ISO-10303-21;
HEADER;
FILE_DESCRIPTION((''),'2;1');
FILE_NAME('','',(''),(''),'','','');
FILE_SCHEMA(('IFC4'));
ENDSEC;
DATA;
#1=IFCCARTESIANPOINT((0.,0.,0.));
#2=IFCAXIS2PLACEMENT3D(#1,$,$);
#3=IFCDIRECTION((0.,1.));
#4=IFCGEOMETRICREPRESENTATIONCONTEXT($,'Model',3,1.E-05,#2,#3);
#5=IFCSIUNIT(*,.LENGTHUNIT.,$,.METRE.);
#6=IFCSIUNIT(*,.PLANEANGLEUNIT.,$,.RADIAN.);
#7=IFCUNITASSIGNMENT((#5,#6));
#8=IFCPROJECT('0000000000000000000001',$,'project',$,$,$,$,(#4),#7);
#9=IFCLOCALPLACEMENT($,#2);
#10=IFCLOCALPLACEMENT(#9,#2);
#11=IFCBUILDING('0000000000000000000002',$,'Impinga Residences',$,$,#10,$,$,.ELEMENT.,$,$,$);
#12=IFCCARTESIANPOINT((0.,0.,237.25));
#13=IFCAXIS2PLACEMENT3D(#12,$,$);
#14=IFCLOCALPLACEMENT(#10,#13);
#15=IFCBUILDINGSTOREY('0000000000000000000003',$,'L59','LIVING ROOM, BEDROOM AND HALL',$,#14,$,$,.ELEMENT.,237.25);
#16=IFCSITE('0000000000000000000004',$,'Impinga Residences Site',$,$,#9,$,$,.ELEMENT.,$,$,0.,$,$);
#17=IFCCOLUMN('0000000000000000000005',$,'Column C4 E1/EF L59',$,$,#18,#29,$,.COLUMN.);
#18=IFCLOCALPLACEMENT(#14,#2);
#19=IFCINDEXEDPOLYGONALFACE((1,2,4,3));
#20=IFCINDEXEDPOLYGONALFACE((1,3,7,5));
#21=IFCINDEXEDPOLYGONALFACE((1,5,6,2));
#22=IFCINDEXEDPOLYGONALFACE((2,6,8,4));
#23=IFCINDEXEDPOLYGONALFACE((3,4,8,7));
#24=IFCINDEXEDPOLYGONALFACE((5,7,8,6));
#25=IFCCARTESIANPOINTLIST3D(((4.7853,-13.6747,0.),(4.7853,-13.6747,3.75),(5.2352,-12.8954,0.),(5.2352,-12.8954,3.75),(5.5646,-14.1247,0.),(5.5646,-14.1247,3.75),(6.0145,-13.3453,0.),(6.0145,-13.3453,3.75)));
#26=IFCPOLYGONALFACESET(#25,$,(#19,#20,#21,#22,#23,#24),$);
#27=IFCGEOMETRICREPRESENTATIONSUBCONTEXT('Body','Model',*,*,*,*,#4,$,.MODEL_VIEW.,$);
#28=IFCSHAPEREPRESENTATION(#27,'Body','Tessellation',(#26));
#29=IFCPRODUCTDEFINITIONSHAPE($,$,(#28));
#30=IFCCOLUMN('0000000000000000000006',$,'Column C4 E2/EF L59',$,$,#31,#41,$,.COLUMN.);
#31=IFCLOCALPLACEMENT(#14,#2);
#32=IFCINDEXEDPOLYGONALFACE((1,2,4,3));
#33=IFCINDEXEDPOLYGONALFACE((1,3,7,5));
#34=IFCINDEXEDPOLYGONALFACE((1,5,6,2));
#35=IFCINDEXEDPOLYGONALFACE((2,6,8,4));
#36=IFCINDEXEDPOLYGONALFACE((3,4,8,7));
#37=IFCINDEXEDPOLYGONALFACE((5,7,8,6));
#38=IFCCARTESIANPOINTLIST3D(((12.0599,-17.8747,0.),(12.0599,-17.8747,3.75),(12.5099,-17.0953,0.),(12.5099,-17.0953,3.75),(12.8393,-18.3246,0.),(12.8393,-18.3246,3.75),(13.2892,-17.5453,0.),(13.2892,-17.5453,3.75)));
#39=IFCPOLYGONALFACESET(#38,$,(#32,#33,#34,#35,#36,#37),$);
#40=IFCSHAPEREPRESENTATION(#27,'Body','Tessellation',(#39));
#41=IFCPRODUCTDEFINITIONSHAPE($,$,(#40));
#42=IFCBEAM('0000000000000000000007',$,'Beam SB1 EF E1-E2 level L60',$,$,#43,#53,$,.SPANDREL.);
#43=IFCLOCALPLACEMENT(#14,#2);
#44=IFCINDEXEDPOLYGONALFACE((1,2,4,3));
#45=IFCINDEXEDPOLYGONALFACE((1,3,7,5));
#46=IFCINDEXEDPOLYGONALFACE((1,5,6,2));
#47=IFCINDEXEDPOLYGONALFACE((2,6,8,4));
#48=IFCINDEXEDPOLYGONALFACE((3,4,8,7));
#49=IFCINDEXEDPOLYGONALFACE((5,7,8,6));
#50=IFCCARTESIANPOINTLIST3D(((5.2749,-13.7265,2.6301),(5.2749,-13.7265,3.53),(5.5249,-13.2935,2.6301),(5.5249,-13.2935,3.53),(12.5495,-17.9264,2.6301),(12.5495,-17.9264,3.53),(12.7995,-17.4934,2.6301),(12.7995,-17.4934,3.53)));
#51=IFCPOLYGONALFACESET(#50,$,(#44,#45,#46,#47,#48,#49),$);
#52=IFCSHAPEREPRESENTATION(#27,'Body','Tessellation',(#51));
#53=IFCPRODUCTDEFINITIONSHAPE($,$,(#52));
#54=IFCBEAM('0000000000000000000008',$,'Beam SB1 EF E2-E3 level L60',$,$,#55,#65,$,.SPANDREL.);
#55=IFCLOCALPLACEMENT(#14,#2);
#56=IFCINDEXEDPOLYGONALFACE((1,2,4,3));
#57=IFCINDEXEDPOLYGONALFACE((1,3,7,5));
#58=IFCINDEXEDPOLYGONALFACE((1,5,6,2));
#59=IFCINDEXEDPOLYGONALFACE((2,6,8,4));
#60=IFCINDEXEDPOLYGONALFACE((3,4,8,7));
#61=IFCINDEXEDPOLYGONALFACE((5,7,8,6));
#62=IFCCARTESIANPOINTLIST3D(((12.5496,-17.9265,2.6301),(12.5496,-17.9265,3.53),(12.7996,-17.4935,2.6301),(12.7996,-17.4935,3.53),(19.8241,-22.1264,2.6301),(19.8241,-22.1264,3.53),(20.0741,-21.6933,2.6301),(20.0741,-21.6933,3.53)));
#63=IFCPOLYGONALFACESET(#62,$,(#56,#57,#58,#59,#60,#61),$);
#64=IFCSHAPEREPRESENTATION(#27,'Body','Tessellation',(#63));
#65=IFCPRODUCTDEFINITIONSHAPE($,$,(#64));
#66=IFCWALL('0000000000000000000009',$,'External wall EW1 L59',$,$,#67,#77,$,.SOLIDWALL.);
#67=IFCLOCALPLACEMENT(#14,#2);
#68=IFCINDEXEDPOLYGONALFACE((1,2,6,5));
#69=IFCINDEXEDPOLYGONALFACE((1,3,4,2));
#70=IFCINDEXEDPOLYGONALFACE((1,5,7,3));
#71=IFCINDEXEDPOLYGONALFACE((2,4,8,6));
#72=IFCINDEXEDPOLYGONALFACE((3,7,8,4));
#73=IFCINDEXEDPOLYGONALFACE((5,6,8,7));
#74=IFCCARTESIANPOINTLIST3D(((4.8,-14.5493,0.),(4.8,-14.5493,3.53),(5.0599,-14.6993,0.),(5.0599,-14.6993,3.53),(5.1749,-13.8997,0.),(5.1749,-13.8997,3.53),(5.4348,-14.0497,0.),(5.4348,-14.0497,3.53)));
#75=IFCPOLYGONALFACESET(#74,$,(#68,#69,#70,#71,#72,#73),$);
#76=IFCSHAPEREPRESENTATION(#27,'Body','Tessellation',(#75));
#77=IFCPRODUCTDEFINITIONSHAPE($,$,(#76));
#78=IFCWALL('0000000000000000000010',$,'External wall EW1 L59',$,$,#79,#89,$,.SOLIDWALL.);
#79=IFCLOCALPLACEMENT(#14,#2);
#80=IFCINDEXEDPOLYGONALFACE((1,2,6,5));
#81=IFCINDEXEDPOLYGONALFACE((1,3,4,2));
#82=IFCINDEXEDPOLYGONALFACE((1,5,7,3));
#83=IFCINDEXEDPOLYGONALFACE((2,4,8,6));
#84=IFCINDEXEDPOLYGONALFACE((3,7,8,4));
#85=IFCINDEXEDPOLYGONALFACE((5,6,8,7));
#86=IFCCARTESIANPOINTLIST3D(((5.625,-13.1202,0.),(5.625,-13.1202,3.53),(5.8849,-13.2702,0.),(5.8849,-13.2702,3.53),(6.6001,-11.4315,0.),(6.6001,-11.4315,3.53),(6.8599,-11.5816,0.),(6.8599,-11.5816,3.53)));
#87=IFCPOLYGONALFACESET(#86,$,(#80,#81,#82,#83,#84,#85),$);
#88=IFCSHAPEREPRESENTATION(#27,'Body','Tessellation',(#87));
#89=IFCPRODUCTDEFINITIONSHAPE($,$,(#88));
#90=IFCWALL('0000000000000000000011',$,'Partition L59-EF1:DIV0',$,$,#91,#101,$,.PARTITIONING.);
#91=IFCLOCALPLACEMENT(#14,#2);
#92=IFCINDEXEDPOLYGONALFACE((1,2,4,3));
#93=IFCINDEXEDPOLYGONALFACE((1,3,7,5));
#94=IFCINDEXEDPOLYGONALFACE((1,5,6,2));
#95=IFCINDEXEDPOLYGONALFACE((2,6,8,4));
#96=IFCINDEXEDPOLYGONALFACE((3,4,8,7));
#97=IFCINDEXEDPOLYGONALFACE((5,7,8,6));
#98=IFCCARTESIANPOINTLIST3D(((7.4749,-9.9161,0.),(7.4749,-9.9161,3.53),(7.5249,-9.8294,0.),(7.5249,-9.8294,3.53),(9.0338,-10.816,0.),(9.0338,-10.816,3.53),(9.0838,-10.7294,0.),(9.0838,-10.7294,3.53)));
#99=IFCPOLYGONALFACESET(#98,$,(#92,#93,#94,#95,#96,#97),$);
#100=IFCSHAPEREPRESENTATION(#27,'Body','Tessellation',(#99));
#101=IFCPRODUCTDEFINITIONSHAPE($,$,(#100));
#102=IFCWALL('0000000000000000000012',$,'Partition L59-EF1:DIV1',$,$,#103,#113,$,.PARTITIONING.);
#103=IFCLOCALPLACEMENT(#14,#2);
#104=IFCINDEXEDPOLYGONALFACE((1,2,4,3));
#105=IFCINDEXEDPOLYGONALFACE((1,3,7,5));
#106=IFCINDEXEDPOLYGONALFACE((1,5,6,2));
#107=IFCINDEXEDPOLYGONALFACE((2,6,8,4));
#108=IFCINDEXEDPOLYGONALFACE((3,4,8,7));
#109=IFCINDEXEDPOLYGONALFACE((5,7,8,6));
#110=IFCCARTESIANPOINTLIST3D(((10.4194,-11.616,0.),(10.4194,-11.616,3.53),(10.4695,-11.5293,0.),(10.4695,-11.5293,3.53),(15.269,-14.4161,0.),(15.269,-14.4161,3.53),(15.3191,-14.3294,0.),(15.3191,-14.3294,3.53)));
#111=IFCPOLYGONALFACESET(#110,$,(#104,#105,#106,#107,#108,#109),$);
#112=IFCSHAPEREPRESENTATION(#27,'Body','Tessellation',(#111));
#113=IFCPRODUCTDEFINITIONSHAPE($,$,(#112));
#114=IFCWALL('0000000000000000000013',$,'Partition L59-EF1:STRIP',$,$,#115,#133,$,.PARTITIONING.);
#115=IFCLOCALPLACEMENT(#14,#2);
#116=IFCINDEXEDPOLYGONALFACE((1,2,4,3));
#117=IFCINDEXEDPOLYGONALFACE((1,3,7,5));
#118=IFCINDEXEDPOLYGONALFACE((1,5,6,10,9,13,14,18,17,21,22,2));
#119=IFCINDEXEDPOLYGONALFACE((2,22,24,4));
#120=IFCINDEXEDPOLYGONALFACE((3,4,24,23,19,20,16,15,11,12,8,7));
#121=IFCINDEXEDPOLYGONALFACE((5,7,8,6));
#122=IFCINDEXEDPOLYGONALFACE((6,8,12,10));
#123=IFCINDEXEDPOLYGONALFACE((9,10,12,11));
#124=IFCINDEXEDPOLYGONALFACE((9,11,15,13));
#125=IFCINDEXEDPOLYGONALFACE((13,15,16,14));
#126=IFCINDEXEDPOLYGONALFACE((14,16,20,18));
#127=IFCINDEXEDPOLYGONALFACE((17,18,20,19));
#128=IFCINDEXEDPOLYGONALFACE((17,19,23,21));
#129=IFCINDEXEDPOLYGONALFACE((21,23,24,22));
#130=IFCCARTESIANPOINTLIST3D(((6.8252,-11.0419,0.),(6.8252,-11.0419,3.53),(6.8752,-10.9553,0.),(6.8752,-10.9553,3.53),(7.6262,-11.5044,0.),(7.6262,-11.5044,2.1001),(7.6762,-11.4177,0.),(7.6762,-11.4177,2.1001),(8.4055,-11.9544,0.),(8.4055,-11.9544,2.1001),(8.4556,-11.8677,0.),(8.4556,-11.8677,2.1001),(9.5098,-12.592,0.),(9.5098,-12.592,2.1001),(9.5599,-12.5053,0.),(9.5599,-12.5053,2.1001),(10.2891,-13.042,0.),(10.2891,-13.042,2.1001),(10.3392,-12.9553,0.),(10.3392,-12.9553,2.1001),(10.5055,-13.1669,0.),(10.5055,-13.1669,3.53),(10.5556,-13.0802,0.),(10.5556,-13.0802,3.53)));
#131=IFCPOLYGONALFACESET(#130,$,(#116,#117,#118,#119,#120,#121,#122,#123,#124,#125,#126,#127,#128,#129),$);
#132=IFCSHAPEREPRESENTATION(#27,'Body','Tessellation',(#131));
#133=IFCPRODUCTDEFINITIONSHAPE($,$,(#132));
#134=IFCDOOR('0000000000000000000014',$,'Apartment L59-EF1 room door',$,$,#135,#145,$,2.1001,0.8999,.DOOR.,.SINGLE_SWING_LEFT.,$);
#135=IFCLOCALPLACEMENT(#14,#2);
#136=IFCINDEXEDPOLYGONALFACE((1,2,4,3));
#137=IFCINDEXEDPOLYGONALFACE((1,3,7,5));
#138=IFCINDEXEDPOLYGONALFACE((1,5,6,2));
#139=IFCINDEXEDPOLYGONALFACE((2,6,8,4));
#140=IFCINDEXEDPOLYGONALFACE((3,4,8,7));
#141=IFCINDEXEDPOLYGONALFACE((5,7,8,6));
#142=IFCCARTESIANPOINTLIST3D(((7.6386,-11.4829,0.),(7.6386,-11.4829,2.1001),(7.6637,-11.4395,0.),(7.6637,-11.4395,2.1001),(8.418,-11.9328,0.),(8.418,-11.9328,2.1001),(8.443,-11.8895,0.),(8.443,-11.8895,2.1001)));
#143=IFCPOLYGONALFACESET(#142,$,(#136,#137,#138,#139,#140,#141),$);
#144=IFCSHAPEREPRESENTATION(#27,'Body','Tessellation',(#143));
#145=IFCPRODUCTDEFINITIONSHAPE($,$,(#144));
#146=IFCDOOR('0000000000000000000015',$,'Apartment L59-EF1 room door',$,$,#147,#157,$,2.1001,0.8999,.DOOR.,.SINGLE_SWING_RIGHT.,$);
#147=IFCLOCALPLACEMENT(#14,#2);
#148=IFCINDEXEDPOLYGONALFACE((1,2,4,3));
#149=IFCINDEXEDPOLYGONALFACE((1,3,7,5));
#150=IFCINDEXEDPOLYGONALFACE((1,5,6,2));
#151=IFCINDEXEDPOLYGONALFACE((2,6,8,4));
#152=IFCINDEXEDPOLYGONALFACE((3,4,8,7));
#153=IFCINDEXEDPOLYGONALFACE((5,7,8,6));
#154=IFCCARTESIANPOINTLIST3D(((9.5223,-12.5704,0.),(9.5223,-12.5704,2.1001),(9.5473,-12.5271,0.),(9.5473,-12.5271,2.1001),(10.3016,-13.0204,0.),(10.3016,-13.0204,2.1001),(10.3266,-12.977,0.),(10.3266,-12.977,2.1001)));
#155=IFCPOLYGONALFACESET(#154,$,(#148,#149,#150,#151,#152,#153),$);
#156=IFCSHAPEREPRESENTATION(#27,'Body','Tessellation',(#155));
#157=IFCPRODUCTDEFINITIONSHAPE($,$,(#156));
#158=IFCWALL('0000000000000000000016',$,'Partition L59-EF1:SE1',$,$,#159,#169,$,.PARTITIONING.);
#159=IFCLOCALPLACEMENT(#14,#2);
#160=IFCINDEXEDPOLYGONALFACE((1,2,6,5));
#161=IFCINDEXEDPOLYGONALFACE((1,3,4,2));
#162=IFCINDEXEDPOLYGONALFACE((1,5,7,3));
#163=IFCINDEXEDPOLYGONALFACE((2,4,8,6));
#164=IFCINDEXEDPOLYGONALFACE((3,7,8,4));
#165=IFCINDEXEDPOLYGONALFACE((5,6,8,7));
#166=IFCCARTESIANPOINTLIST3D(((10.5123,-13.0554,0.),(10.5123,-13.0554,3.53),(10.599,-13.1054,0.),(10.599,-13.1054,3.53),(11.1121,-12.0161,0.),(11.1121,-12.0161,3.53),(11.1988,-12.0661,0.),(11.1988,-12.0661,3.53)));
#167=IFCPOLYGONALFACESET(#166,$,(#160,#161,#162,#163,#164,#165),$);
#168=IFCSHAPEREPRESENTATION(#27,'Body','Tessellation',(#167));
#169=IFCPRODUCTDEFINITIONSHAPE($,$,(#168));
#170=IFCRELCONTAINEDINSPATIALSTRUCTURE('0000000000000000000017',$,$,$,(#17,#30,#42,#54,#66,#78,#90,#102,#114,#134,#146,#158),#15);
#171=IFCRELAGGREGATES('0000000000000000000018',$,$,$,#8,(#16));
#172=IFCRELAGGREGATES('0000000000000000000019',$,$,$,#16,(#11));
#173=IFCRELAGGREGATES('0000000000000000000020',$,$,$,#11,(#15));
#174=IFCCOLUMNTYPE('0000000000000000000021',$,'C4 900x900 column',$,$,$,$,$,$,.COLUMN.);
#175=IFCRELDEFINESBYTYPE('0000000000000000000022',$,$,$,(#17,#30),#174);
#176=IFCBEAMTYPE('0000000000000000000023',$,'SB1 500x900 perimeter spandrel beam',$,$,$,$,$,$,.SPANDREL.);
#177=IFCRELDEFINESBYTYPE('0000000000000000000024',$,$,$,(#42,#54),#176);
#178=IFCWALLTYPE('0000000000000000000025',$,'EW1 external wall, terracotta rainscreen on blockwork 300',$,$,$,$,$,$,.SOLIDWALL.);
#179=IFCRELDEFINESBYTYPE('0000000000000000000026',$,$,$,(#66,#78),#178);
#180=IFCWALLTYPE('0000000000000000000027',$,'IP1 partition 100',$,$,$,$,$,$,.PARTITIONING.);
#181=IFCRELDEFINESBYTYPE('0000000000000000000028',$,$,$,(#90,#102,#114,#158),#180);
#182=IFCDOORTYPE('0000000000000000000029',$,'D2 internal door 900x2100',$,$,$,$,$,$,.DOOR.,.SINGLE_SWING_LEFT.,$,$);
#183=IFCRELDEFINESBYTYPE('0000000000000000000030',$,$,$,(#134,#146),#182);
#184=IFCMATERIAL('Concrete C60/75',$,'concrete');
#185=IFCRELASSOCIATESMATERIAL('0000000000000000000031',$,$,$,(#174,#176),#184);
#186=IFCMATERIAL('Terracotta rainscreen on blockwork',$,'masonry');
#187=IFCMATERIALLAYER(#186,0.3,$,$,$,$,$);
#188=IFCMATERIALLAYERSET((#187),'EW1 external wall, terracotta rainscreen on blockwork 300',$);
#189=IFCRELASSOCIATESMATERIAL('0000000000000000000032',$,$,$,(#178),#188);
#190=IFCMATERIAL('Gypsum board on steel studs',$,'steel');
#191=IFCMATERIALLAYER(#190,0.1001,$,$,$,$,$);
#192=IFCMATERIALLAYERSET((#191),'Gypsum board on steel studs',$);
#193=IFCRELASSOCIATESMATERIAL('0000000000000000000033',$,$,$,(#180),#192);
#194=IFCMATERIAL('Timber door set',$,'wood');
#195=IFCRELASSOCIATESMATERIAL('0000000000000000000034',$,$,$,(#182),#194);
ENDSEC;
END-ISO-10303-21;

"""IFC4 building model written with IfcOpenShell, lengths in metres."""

from ifc_helpers import new_model, si_unit, direction, frame, frame_2d, origin, origin_2d, place, context, subcontext, project, spatial, rectangle, extrude, material, layer, layer_set, material_profile, profile_set, type_object, element, fill, save


model = new_model("IFC4")

# Units and contexts
model_context = context("Model", 3, precision=1e-05, world=origin(), true_north=direction((0.0, 1.0)))
body_context = subcontext(model_context, "Body", "Model", "MODEL_VIEW")
ifc_project = project(units=[si_unit("LENGTHUNIT", "METRE"), si_unit("PLANEANGLEUNIT", "RADIAN")], contexts=[model_context])

# Site, building, storey
site_placement = place(None, origin())
site = spatial("IfcSite", under=ifc_project, at=site_placement, Name="Impinga Residences Site", CompositionType="ELEMENT", RefElevation=0.0)
building_placement = place(site_placement, origin())
building = spatial("IfcBuilding", under=site, at=building_placement, Name="Impinga Residences", CompositionType="ELEMENT")
storey_placement = place(building_placement, frame((0.0, 0.0, 237.25)))
storey = spatial("IfcBuildingStorey", under=building, at=storey_placement, Name="L59", Description="LIVING ROOM, BEDROOM AND HALL", CompositionType="ELEMENT", Elevation=237.25)

# Columns
ifc_material_1 = material(Name="Concrete C60/75", Category="concrete")
ifc_material_profile_1 = material_profile(ifc_material_1, rectangle(XDim=0.8999, YDim=0.8999, at=origin_2d()), Name="RC 900x900")
ifc_profile_set_1 = profile_set([ifc_material_profile_1], Name="Concrete C60/75")
column_type = type_object("IfcColumnType", Name="C4 900x900 column", PredefinedType="COLUMN", material=ifc_profile_set_1)
for number, where, z_axis, x_axis, name in (
    (1, (5.3999, -13.51, 0.0), (0.0, 0.0, 1.0), (-0.5, -0.866025, 0.0), "Column C4 E1/EF L59"),
    (2, (12.6746, -17.71, 0.0), (0.0, 0.0, 1.0), (-0.5, -0.866025, 0.0), "Column C4 E2/EF L59"),
):
    element("IfcColumn", number, at=place(storey_placement, frame(where, z_axis=z_axis, x_axis=x_axis)), inside=storey, type_object=column_type, Name=name, PredefinedType="COLUMN", context=body_context, shape_type="SweptSolid", body=[
        extrude(rectangle(XDim=0.8999, YDim=0.8999, at=origin_2d()), origin(), (0.0, 0.0, 1.0), 3.75),
    ])

# Beams
ifc_material_profile_2 = material_profile(ifc_material_1, rectangle(XDim=0.5, YDim=0.8999, at=origin_2d()), Name="RC 500x900")
ifc_profile_set_2 = profile_set([ifc_material_profile_2], Name="Concrete C60/75")
beam_type = type_object("IfcBeamType", Name="SB1 500x900 perimeter spandrel beam", PredefinedType="SPANDREL", material=ifc_profile_set_2)
for number, where, z_axis, x_axis, name in (
    (3, (5.3999, -13.51, 3.0801), (0.866029, -0.499993, 0.0), (0.499993, 0.866029, 0.0), "Beam SB1 EF E1-E2 level L60"),
    (4, (12.6746, -17.71, 3.0801), (0.866029, -0.499993, 0.0), (0.499993, 0.866029, 0.0), "Beam SB1 EF E2-E3 level L60"),
):
    element("IfcBeam", number, at=place(storey_placement, frame(where, z_axis=z_axis, x_axis=x_axis)), inside=storey, type_object=beam_type, Name=name, PredefinedType="SPANDREL", context=body_context, shape_type="SweptSolid", body=[
        extrude(rectangle(XDim=0.5, YDim=0.8999, at=origin_2d()), origin(), (0.0, 0.0, 1.0), 8.3999),
    ])

# Walls
ifc_material_2 = material(Name="Terracotta rainscreen on blockwork", Category="masonry")
ifc_layer_1 = layer(ifc_material_2, 0.3)
ifc_layer_set_1 = layer_set([ifc_layer_1], Name="EW1 external wall, terracotta rainscreen on blockwork 300")
wall_type_1 = type_object("IfcWallType", Name="EW1 external wall, terracotta rainscreen on blockwork 300", PredefinedType="SOLIDWALL", material=ifc_layer_set_1)
wall_1_placement = place(storey_placement, frame((4.9299, -14.6243, 0.0), z_axis=(0.0, 0.0, 1.0), x_axis=(0.49992, 0.866072, 0.0)))
element("IfcWall", 5, at=wall_1_placement, inside=storey, type_object=wall_type_1, Name="External wall EW1 L59", PredefinedType="SOLIDWALL", context=body_context, shape_type="SweptSolid", body=[
    extrude(rectangle(XDim=0.75, YDim=0.3, at=frame_2d((0.375, 0.0))), origin(), (0.0, 0.0, 1.0), 3.53),
])
wall_2_placement = place(storey_placement, frame((5.7549, -13.1953, 0.0), z_axis=(0.0, 0.0, 1.0), x_axis=(0.500044, 0.866, 0.0)))
element("IfcWall", 6, at=wall_2_placement, inside=storey, type_object=wall_type_1, Name="External wall EW1 L59", PredefinedType="SOLIDWALL", context=body_context, shape_type="SweptSolid", body=[
    extrude(rectangle(XDim=1.95, YDim=0.3, at=frame_2d((0.9751, 0.0))), origin(), (0.0, 0.0, 1.0), 3.53),
])
ifc_material_3 = material(Name="Gypsum board on steel studs", Category="steel")
ifc_layer_2 = layer(ifc_material_3, 0.1001)
ifc_layer_set_2 = layer_set([ifc_layer_2], Name="Gypsum board on steel studs")
wall_type_2 = type_object("IfcWallType", Name="IP1 partition 100", PredefinedType="PARTITIONING", material=ifc_layer_set_2)
wall_3_placement = place(storey_placement, frame((7.5, -9.8728, 0.0), z_axis=(0.0, 0.0, 1.0), x_axis=(0.866048, -0.499961, 0.0)))
element("IfcWall", 7, at=wall_3_placement, inside=storey, type_object=wall_type_2, Name="Partition L59-EF1:DIV0", PredefinedType="PARTITIONING", context=body_context, shape_type="SweptSolid", body=[
    extrude(rectangle(XDim=1.8, YDim=0.1001, at=frame_2d((0.8999, 0.0))), origin(), (0.0, 0.0, 1.0), 3.53),
])
wall_4_placement = place(storey_placement, frame((10.4446, -11.5728, 0.0), z_axis=(0.0, 0.0, 1.0), x_axis=(0.866016, -0.500017, 0.0)))
element("IfcWall", 8, at=wall_4_placement, inside=storey, type_object=wall_type_2, Name="Partition L59-EF1:DIV1", PredefinedType="PARTITIONING", context=body_context, shape_type="SweptSolid", body=[
    extrude(rectangle(XDim=5.5999, YDim=0.1001, at=frame_2d((2.7998, 0.0))), origin(), (0.0, 0.0, 1.0), 3.53),
])

# Wall, openings, doors
wall_5_placement = place(storey_placement, frame((6.8501, -10.9985, 0.0), z_axis=(0.0, 0.0, 1.0), x_axis=(0.866014, -0.500019, 0.0)))
wall_5 = element("IfcWall", 9, at=wall_5_placement, inside=storey, type_object=wall_type_2, Name="Partition L59-EF1:STRIP", PredefinedType="PARTITIONING", context=body_context, shape_type="SweptSolid", body=[
    extrude(rectangle(XDim=4.2498, YDim=0.1001, at=frame_2d((2.125, 0.0))), origin(), (0.0, 0.0, 1.0), 3.53),
])
opening_1_placement = place(wall_5_placement, frame((0.925, 0.0, 0.0)))
opening_1 = element("IfcOpeningElement", 10, at=opening_1_placement, cuts=wall_5, PredefinedType="OPENING", context=body_context, shape_type="SweptSolid", body=[
    extrude(rectangle(XDim=0.8999, YDim=2.1001, at=frame_2d((0.45, 1.05))), frame((0.0, 0.0601, 0.0), z_axis=(0.0, -1.0, 0.0), x_axis=(1.0, 0.0, 0.0)), (0.0, 0.0, 1.0), 0.1201),
])
opening_2_placement = place(wall_5_placement, frame((3.1001, 0.0, 0.0)))
opening_2 = element("IfcOpeningElement", 11, at=opening_2_placement, cuts=wall_5, PredefinedType="OPENING", context=body_context, shape_type="SweptSolid", body=[
    extrude(rectangle(XDim=0.8999, YDim=2.1001, at=frame_2d((0.45, 1.05))), frame((0.0, 0.0601, 0.0), z_axis=(0.0, -1.0, 0.0), x_axis=(1.0, 0.0, 0.0)), (0.0, 0.0, 1.0), 0.1201),
])
ifc_material_4 = material(Name="Timber door set", Category="wood")
door_type_1 = type_object("IfcDoorType", Name="D2 internal door 900x2100", OperationType="SINGLE_SWING_LEFT", PredefinedType="DOOR", material=ifc_material_4)
door_1_placement = place(opening_1_placement, origin())
door_1 = element("IfcDoor", 12, at=door_1_placement, inside=storey, type_object=door_type_1, Name="Apartment L59-EF1 room door", OperationType="SINGLE_SWING_LEFT", OverallHeight=2.1001, OverallWidth=0.8999, PredefinedType="DOOR", context=body_context, shape_type="SweptSolid", body=[
    extrude(rectangle(XDim=0.8999, YDim=2.1001, at=frame_2d((0.45, 1.05))), frame((0.0, 0.0249, 0.0), z_axis=(0.0, -1.0, 0.0), x_axis=(1.0, 0.0, 0.0)), (0.0, 0.0, 1.0), 0.05),
])
fill(opening_1, door_1)
door_2_placement = place(opening_2_placement, origin())
door_2 = element("IfcDoor", 13, at=door_2_placement, inside=storey, type_object=door_type_1, Name="Apartment L59-EF1 room door", OperationType="SINGLE_SWING_RIGHT", OverallHeight=2.1001, OverallWidth=0.8999, PredefinedType="DOOR", context=body_context, shape_type="SweptSolid", body=[
    extrude(rectangle(XDim=0.8999, YDim=2.1001, at=frame_2d((0.45, 1.05))), frame((0.0, 0.0249, 0.0), z_axis=(0.0, -1.0, 0.0), x_axis=(1.0, 0.0, 0.0)), (0.0, 0.0, 1.0), 0.05),
])
fill(opening_2, door_2)

# Wall
wall_6_placement = place(storey_placement, frame((11.1555, -12.041, 0.0), z_axis=(0.0, 0.0, 1.0), x_axis=(-0.499881, -0.866094, 0.0)))
element("IfcWall", 14, at=wall_6_placement, inside=storey, type_object=wall_type_2, Name="Partition L59-EF1:SE1", PredefinedType="PARTITIONING", context=body_context, shape_type="SweptSolid", body=[
    extrude(rectangle(XDim=1.2, YDim=0.1001, at=frame_2d((0.6001, 0.0))), origin(), (0.0, 0.0, 1.0), 3.53),
])

save(model, "model.ifc")
